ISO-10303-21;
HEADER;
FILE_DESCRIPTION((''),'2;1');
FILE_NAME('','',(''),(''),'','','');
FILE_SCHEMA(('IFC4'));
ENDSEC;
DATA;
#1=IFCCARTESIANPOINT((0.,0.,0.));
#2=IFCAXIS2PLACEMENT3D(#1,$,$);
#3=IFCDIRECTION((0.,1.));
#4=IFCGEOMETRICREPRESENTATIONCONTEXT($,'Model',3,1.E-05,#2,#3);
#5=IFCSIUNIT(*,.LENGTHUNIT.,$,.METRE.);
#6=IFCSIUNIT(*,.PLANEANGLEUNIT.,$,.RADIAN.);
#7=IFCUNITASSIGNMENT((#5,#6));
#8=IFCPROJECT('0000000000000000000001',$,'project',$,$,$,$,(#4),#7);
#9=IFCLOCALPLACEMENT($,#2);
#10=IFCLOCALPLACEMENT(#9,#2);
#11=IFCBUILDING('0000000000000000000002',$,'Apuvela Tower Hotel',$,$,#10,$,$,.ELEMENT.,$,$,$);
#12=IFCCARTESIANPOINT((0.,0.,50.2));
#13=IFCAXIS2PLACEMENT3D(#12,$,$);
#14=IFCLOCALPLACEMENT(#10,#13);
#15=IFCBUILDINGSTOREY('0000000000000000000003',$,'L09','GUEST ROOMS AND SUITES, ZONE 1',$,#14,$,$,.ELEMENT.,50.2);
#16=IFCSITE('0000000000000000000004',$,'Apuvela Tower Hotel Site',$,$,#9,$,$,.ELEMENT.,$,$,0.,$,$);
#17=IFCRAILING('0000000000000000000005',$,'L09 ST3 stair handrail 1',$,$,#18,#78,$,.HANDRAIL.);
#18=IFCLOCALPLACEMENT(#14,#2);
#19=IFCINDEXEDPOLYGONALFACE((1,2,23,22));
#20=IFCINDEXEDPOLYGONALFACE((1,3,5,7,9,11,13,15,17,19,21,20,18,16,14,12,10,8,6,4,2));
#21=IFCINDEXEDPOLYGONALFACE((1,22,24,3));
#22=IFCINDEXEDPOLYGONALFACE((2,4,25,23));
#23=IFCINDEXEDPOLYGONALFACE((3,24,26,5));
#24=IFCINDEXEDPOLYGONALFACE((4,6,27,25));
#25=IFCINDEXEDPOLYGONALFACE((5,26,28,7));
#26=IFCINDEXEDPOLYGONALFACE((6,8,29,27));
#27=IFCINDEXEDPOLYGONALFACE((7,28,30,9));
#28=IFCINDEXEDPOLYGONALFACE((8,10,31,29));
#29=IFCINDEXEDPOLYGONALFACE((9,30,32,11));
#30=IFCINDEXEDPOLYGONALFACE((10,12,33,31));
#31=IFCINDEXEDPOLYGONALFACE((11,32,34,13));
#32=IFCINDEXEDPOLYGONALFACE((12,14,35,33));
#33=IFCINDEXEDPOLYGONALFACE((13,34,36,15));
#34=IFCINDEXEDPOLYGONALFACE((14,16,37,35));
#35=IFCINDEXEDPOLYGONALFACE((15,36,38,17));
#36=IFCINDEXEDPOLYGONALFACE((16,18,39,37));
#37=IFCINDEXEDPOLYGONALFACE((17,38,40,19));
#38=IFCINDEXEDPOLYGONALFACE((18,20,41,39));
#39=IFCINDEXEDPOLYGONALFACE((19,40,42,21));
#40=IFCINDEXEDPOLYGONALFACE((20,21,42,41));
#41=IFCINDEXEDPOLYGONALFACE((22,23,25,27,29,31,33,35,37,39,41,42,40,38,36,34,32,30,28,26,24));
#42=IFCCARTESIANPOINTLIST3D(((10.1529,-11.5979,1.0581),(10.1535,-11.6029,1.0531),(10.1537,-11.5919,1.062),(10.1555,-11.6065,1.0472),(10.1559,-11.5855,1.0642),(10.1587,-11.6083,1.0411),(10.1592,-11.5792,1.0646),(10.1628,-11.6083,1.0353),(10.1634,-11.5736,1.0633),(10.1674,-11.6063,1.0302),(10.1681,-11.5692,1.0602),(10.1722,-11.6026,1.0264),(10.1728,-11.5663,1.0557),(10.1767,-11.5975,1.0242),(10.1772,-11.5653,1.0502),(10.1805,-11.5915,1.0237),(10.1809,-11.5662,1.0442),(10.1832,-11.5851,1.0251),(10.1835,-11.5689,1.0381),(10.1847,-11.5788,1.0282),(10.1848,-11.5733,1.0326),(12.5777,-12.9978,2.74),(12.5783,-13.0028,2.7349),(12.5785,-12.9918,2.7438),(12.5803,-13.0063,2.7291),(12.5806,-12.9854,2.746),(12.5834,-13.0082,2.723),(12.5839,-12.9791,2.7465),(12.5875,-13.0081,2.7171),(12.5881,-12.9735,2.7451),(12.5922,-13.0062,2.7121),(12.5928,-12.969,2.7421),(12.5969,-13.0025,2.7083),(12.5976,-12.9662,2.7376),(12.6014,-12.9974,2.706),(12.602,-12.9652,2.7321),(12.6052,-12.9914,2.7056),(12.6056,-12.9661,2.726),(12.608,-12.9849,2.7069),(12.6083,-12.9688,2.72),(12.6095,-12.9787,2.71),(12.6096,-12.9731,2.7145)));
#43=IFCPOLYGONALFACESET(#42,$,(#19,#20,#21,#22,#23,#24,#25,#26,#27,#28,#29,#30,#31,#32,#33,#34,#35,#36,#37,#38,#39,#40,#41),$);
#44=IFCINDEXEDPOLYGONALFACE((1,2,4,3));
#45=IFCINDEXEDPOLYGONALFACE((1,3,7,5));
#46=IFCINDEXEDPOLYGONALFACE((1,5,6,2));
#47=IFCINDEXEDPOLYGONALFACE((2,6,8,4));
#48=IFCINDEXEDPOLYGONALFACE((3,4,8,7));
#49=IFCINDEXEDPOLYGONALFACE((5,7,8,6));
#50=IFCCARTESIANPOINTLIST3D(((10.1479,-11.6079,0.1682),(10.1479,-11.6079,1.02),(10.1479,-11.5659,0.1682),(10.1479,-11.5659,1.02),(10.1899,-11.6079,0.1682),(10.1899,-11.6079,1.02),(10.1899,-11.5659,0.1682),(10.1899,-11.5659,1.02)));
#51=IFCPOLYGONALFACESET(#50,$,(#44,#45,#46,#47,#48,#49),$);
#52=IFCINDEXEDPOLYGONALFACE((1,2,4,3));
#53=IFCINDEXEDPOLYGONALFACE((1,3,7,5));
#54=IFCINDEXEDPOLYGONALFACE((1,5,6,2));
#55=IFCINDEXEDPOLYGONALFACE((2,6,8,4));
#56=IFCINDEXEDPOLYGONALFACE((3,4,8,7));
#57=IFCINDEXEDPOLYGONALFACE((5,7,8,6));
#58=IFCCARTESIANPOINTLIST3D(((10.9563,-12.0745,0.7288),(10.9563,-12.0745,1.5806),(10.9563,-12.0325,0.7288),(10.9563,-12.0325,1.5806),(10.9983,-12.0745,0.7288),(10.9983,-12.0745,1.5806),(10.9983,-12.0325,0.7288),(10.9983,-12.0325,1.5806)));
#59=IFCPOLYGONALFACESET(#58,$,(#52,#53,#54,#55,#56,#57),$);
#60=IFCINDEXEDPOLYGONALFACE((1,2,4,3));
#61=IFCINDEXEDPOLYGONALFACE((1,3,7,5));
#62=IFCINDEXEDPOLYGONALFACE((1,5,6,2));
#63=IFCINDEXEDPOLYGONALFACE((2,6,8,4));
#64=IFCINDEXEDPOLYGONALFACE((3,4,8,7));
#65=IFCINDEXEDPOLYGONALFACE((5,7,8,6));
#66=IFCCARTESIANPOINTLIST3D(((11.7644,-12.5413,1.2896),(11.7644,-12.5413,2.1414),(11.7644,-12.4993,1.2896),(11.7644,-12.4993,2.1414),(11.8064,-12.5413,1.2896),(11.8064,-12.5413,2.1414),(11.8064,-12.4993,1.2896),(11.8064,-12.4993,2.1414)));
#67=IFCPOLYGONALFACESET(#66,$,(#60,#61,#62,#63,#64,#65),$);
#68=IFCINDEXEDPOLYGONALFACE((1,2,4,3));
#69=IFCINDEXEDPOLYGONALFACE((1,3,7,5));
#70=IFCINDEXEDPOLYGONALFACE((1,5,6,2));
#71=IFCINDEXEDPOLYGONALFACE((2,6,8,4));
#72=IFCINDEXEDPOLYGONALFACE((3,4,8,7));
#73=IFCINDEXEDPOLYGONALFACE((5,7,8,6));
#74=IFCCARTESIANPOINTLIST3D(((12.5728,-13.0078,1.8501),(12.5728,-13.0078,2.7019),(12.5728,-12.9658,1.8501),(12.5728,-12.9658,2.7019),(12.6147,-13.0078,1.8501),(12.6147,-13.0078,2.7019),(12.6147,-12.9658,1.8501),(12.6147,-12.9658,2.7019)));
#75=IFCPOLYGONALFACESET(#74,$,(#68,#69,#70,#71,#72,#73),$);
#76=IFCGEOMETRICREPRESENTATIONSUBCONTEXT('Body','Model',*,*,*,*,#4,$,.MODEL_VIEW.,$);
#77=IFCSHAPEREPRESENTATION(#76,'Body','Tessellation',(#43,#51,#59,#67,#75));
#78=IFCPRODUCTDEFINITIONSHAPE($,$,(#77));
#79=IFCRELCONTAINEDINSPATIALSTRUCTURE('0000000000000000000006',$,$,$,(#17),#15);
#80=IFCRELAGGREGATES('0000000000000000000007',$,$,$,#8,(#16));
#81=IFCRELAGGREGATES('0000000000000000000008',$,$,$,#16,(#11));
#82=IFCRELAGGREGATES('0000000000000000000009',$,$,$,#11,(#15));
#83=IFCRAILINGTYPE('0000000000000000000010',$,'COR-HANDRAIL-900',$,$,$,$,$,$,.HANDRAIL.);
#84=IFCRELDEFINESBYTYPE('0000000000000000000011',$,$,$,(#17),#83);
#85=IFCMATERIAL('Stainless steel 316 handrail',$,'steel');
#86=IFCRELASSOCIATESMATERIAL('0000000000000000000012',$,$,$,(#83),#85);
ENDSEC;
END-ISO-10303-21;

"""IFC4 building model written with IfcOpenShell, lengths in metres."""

from ifc_helpers import new_model, si_unit, direction, frame, origin, origin_2d, place, context, subcontext, project, spatial, rectangle, circle, extrude, material, type_object, element, save


model = new_model("IFC4")

# Units and contexts
model_context = context("Model", 3, precision=1e-05, world=origin(), true_north=direction((0.0, 1.0)))
body_context = subcontext(model_context, "Body", "Model", "MODEL_VIEW")
ifc_project = project(units=[si_unit("LENGTHUNIT", "METRE"), si_unit("PLANEANGLEUNIT", "RADIAN")], contexts=[model_context])

# Site, building, storey
site_placement = place(None, origin())
site = spatial("IfcSite", under=ifc_project, at=site_placement, Name="Apuvela Tower Hotel Site", CompositionType="ELEMENT", RefElevation=0.0)
building_placement = place(site_placement, origin())
building = spatial("IfcBuilding", under=site, at=building_placement, Name="Apuvela Tower Hotel", CompositionType="ELEMENT")
storey_placement = place(building_placement, frame((0.0, 0.0, 50.2)))
storey = spatial("IfcBuildingStorey", under=building, at=storey_placement, Name="L09", Description="GUEST ROOMS AND SUITES, ZONE 1", CompositionType="ELEMENT", Elevation=50.2)

# Railing
ifc_material_1 = material(Name="Stainless steel 316 handrail", Category="steel")
railing_type_1 = type_object("IfcRailingType", Name="COR-HANDRAIL-900", PredefinedType="HANDRAIL", material=ifc_material_1)
railing_1_placement = place(storey_placement, frame((10.1689, -11.5869, 0.1682)))
element("IfcRailing", 1, at=railing_1_placement, inside=storey, type_object=railing_type_1, Name="L09 ST3 stair handrail 1", PredefinedType="HANDRAIL", context=body_context, shape_type="SweptSolid", body=[
    extrude(circle(Radius=0.0239, at=origin_2d()), frame((0.0, 0.0, 0.876), z_axis=(0.74239, -0.428601, 0.514934), x_axis=(0.499984, 0.866035, 0.0)), (0.0, 0.0, 1.0), 3.2661),
    extrude(rectangle(XDim=0.042, YDim=0.042, at=origin_2d()), origin(), (0.0, 0.0, 1.0), 0.8518),
    extrude(rectangle(XDim=0.042, YDim=0.042, at=origin_2d()), frame((0.8083, -0.4666, 0.5605)), (0.0, 0.0, 1.0), 0.8518),
    extrude(rectangle(XDim=0.042, YDim=0.042, at=origin_2d()), frame((1.6165, -0.9333, 1.1213)), (0.0, 0.0, 1.0), 0.8518),
    extrude(rectangle(XDim=0.042, YDim=0.042, at=origin_2d()), frame((2.4248, -1.3999, 1.6819)), (0.0, 0.0, 1.0), 0.8518),
])

save(model, "model.ifc")
